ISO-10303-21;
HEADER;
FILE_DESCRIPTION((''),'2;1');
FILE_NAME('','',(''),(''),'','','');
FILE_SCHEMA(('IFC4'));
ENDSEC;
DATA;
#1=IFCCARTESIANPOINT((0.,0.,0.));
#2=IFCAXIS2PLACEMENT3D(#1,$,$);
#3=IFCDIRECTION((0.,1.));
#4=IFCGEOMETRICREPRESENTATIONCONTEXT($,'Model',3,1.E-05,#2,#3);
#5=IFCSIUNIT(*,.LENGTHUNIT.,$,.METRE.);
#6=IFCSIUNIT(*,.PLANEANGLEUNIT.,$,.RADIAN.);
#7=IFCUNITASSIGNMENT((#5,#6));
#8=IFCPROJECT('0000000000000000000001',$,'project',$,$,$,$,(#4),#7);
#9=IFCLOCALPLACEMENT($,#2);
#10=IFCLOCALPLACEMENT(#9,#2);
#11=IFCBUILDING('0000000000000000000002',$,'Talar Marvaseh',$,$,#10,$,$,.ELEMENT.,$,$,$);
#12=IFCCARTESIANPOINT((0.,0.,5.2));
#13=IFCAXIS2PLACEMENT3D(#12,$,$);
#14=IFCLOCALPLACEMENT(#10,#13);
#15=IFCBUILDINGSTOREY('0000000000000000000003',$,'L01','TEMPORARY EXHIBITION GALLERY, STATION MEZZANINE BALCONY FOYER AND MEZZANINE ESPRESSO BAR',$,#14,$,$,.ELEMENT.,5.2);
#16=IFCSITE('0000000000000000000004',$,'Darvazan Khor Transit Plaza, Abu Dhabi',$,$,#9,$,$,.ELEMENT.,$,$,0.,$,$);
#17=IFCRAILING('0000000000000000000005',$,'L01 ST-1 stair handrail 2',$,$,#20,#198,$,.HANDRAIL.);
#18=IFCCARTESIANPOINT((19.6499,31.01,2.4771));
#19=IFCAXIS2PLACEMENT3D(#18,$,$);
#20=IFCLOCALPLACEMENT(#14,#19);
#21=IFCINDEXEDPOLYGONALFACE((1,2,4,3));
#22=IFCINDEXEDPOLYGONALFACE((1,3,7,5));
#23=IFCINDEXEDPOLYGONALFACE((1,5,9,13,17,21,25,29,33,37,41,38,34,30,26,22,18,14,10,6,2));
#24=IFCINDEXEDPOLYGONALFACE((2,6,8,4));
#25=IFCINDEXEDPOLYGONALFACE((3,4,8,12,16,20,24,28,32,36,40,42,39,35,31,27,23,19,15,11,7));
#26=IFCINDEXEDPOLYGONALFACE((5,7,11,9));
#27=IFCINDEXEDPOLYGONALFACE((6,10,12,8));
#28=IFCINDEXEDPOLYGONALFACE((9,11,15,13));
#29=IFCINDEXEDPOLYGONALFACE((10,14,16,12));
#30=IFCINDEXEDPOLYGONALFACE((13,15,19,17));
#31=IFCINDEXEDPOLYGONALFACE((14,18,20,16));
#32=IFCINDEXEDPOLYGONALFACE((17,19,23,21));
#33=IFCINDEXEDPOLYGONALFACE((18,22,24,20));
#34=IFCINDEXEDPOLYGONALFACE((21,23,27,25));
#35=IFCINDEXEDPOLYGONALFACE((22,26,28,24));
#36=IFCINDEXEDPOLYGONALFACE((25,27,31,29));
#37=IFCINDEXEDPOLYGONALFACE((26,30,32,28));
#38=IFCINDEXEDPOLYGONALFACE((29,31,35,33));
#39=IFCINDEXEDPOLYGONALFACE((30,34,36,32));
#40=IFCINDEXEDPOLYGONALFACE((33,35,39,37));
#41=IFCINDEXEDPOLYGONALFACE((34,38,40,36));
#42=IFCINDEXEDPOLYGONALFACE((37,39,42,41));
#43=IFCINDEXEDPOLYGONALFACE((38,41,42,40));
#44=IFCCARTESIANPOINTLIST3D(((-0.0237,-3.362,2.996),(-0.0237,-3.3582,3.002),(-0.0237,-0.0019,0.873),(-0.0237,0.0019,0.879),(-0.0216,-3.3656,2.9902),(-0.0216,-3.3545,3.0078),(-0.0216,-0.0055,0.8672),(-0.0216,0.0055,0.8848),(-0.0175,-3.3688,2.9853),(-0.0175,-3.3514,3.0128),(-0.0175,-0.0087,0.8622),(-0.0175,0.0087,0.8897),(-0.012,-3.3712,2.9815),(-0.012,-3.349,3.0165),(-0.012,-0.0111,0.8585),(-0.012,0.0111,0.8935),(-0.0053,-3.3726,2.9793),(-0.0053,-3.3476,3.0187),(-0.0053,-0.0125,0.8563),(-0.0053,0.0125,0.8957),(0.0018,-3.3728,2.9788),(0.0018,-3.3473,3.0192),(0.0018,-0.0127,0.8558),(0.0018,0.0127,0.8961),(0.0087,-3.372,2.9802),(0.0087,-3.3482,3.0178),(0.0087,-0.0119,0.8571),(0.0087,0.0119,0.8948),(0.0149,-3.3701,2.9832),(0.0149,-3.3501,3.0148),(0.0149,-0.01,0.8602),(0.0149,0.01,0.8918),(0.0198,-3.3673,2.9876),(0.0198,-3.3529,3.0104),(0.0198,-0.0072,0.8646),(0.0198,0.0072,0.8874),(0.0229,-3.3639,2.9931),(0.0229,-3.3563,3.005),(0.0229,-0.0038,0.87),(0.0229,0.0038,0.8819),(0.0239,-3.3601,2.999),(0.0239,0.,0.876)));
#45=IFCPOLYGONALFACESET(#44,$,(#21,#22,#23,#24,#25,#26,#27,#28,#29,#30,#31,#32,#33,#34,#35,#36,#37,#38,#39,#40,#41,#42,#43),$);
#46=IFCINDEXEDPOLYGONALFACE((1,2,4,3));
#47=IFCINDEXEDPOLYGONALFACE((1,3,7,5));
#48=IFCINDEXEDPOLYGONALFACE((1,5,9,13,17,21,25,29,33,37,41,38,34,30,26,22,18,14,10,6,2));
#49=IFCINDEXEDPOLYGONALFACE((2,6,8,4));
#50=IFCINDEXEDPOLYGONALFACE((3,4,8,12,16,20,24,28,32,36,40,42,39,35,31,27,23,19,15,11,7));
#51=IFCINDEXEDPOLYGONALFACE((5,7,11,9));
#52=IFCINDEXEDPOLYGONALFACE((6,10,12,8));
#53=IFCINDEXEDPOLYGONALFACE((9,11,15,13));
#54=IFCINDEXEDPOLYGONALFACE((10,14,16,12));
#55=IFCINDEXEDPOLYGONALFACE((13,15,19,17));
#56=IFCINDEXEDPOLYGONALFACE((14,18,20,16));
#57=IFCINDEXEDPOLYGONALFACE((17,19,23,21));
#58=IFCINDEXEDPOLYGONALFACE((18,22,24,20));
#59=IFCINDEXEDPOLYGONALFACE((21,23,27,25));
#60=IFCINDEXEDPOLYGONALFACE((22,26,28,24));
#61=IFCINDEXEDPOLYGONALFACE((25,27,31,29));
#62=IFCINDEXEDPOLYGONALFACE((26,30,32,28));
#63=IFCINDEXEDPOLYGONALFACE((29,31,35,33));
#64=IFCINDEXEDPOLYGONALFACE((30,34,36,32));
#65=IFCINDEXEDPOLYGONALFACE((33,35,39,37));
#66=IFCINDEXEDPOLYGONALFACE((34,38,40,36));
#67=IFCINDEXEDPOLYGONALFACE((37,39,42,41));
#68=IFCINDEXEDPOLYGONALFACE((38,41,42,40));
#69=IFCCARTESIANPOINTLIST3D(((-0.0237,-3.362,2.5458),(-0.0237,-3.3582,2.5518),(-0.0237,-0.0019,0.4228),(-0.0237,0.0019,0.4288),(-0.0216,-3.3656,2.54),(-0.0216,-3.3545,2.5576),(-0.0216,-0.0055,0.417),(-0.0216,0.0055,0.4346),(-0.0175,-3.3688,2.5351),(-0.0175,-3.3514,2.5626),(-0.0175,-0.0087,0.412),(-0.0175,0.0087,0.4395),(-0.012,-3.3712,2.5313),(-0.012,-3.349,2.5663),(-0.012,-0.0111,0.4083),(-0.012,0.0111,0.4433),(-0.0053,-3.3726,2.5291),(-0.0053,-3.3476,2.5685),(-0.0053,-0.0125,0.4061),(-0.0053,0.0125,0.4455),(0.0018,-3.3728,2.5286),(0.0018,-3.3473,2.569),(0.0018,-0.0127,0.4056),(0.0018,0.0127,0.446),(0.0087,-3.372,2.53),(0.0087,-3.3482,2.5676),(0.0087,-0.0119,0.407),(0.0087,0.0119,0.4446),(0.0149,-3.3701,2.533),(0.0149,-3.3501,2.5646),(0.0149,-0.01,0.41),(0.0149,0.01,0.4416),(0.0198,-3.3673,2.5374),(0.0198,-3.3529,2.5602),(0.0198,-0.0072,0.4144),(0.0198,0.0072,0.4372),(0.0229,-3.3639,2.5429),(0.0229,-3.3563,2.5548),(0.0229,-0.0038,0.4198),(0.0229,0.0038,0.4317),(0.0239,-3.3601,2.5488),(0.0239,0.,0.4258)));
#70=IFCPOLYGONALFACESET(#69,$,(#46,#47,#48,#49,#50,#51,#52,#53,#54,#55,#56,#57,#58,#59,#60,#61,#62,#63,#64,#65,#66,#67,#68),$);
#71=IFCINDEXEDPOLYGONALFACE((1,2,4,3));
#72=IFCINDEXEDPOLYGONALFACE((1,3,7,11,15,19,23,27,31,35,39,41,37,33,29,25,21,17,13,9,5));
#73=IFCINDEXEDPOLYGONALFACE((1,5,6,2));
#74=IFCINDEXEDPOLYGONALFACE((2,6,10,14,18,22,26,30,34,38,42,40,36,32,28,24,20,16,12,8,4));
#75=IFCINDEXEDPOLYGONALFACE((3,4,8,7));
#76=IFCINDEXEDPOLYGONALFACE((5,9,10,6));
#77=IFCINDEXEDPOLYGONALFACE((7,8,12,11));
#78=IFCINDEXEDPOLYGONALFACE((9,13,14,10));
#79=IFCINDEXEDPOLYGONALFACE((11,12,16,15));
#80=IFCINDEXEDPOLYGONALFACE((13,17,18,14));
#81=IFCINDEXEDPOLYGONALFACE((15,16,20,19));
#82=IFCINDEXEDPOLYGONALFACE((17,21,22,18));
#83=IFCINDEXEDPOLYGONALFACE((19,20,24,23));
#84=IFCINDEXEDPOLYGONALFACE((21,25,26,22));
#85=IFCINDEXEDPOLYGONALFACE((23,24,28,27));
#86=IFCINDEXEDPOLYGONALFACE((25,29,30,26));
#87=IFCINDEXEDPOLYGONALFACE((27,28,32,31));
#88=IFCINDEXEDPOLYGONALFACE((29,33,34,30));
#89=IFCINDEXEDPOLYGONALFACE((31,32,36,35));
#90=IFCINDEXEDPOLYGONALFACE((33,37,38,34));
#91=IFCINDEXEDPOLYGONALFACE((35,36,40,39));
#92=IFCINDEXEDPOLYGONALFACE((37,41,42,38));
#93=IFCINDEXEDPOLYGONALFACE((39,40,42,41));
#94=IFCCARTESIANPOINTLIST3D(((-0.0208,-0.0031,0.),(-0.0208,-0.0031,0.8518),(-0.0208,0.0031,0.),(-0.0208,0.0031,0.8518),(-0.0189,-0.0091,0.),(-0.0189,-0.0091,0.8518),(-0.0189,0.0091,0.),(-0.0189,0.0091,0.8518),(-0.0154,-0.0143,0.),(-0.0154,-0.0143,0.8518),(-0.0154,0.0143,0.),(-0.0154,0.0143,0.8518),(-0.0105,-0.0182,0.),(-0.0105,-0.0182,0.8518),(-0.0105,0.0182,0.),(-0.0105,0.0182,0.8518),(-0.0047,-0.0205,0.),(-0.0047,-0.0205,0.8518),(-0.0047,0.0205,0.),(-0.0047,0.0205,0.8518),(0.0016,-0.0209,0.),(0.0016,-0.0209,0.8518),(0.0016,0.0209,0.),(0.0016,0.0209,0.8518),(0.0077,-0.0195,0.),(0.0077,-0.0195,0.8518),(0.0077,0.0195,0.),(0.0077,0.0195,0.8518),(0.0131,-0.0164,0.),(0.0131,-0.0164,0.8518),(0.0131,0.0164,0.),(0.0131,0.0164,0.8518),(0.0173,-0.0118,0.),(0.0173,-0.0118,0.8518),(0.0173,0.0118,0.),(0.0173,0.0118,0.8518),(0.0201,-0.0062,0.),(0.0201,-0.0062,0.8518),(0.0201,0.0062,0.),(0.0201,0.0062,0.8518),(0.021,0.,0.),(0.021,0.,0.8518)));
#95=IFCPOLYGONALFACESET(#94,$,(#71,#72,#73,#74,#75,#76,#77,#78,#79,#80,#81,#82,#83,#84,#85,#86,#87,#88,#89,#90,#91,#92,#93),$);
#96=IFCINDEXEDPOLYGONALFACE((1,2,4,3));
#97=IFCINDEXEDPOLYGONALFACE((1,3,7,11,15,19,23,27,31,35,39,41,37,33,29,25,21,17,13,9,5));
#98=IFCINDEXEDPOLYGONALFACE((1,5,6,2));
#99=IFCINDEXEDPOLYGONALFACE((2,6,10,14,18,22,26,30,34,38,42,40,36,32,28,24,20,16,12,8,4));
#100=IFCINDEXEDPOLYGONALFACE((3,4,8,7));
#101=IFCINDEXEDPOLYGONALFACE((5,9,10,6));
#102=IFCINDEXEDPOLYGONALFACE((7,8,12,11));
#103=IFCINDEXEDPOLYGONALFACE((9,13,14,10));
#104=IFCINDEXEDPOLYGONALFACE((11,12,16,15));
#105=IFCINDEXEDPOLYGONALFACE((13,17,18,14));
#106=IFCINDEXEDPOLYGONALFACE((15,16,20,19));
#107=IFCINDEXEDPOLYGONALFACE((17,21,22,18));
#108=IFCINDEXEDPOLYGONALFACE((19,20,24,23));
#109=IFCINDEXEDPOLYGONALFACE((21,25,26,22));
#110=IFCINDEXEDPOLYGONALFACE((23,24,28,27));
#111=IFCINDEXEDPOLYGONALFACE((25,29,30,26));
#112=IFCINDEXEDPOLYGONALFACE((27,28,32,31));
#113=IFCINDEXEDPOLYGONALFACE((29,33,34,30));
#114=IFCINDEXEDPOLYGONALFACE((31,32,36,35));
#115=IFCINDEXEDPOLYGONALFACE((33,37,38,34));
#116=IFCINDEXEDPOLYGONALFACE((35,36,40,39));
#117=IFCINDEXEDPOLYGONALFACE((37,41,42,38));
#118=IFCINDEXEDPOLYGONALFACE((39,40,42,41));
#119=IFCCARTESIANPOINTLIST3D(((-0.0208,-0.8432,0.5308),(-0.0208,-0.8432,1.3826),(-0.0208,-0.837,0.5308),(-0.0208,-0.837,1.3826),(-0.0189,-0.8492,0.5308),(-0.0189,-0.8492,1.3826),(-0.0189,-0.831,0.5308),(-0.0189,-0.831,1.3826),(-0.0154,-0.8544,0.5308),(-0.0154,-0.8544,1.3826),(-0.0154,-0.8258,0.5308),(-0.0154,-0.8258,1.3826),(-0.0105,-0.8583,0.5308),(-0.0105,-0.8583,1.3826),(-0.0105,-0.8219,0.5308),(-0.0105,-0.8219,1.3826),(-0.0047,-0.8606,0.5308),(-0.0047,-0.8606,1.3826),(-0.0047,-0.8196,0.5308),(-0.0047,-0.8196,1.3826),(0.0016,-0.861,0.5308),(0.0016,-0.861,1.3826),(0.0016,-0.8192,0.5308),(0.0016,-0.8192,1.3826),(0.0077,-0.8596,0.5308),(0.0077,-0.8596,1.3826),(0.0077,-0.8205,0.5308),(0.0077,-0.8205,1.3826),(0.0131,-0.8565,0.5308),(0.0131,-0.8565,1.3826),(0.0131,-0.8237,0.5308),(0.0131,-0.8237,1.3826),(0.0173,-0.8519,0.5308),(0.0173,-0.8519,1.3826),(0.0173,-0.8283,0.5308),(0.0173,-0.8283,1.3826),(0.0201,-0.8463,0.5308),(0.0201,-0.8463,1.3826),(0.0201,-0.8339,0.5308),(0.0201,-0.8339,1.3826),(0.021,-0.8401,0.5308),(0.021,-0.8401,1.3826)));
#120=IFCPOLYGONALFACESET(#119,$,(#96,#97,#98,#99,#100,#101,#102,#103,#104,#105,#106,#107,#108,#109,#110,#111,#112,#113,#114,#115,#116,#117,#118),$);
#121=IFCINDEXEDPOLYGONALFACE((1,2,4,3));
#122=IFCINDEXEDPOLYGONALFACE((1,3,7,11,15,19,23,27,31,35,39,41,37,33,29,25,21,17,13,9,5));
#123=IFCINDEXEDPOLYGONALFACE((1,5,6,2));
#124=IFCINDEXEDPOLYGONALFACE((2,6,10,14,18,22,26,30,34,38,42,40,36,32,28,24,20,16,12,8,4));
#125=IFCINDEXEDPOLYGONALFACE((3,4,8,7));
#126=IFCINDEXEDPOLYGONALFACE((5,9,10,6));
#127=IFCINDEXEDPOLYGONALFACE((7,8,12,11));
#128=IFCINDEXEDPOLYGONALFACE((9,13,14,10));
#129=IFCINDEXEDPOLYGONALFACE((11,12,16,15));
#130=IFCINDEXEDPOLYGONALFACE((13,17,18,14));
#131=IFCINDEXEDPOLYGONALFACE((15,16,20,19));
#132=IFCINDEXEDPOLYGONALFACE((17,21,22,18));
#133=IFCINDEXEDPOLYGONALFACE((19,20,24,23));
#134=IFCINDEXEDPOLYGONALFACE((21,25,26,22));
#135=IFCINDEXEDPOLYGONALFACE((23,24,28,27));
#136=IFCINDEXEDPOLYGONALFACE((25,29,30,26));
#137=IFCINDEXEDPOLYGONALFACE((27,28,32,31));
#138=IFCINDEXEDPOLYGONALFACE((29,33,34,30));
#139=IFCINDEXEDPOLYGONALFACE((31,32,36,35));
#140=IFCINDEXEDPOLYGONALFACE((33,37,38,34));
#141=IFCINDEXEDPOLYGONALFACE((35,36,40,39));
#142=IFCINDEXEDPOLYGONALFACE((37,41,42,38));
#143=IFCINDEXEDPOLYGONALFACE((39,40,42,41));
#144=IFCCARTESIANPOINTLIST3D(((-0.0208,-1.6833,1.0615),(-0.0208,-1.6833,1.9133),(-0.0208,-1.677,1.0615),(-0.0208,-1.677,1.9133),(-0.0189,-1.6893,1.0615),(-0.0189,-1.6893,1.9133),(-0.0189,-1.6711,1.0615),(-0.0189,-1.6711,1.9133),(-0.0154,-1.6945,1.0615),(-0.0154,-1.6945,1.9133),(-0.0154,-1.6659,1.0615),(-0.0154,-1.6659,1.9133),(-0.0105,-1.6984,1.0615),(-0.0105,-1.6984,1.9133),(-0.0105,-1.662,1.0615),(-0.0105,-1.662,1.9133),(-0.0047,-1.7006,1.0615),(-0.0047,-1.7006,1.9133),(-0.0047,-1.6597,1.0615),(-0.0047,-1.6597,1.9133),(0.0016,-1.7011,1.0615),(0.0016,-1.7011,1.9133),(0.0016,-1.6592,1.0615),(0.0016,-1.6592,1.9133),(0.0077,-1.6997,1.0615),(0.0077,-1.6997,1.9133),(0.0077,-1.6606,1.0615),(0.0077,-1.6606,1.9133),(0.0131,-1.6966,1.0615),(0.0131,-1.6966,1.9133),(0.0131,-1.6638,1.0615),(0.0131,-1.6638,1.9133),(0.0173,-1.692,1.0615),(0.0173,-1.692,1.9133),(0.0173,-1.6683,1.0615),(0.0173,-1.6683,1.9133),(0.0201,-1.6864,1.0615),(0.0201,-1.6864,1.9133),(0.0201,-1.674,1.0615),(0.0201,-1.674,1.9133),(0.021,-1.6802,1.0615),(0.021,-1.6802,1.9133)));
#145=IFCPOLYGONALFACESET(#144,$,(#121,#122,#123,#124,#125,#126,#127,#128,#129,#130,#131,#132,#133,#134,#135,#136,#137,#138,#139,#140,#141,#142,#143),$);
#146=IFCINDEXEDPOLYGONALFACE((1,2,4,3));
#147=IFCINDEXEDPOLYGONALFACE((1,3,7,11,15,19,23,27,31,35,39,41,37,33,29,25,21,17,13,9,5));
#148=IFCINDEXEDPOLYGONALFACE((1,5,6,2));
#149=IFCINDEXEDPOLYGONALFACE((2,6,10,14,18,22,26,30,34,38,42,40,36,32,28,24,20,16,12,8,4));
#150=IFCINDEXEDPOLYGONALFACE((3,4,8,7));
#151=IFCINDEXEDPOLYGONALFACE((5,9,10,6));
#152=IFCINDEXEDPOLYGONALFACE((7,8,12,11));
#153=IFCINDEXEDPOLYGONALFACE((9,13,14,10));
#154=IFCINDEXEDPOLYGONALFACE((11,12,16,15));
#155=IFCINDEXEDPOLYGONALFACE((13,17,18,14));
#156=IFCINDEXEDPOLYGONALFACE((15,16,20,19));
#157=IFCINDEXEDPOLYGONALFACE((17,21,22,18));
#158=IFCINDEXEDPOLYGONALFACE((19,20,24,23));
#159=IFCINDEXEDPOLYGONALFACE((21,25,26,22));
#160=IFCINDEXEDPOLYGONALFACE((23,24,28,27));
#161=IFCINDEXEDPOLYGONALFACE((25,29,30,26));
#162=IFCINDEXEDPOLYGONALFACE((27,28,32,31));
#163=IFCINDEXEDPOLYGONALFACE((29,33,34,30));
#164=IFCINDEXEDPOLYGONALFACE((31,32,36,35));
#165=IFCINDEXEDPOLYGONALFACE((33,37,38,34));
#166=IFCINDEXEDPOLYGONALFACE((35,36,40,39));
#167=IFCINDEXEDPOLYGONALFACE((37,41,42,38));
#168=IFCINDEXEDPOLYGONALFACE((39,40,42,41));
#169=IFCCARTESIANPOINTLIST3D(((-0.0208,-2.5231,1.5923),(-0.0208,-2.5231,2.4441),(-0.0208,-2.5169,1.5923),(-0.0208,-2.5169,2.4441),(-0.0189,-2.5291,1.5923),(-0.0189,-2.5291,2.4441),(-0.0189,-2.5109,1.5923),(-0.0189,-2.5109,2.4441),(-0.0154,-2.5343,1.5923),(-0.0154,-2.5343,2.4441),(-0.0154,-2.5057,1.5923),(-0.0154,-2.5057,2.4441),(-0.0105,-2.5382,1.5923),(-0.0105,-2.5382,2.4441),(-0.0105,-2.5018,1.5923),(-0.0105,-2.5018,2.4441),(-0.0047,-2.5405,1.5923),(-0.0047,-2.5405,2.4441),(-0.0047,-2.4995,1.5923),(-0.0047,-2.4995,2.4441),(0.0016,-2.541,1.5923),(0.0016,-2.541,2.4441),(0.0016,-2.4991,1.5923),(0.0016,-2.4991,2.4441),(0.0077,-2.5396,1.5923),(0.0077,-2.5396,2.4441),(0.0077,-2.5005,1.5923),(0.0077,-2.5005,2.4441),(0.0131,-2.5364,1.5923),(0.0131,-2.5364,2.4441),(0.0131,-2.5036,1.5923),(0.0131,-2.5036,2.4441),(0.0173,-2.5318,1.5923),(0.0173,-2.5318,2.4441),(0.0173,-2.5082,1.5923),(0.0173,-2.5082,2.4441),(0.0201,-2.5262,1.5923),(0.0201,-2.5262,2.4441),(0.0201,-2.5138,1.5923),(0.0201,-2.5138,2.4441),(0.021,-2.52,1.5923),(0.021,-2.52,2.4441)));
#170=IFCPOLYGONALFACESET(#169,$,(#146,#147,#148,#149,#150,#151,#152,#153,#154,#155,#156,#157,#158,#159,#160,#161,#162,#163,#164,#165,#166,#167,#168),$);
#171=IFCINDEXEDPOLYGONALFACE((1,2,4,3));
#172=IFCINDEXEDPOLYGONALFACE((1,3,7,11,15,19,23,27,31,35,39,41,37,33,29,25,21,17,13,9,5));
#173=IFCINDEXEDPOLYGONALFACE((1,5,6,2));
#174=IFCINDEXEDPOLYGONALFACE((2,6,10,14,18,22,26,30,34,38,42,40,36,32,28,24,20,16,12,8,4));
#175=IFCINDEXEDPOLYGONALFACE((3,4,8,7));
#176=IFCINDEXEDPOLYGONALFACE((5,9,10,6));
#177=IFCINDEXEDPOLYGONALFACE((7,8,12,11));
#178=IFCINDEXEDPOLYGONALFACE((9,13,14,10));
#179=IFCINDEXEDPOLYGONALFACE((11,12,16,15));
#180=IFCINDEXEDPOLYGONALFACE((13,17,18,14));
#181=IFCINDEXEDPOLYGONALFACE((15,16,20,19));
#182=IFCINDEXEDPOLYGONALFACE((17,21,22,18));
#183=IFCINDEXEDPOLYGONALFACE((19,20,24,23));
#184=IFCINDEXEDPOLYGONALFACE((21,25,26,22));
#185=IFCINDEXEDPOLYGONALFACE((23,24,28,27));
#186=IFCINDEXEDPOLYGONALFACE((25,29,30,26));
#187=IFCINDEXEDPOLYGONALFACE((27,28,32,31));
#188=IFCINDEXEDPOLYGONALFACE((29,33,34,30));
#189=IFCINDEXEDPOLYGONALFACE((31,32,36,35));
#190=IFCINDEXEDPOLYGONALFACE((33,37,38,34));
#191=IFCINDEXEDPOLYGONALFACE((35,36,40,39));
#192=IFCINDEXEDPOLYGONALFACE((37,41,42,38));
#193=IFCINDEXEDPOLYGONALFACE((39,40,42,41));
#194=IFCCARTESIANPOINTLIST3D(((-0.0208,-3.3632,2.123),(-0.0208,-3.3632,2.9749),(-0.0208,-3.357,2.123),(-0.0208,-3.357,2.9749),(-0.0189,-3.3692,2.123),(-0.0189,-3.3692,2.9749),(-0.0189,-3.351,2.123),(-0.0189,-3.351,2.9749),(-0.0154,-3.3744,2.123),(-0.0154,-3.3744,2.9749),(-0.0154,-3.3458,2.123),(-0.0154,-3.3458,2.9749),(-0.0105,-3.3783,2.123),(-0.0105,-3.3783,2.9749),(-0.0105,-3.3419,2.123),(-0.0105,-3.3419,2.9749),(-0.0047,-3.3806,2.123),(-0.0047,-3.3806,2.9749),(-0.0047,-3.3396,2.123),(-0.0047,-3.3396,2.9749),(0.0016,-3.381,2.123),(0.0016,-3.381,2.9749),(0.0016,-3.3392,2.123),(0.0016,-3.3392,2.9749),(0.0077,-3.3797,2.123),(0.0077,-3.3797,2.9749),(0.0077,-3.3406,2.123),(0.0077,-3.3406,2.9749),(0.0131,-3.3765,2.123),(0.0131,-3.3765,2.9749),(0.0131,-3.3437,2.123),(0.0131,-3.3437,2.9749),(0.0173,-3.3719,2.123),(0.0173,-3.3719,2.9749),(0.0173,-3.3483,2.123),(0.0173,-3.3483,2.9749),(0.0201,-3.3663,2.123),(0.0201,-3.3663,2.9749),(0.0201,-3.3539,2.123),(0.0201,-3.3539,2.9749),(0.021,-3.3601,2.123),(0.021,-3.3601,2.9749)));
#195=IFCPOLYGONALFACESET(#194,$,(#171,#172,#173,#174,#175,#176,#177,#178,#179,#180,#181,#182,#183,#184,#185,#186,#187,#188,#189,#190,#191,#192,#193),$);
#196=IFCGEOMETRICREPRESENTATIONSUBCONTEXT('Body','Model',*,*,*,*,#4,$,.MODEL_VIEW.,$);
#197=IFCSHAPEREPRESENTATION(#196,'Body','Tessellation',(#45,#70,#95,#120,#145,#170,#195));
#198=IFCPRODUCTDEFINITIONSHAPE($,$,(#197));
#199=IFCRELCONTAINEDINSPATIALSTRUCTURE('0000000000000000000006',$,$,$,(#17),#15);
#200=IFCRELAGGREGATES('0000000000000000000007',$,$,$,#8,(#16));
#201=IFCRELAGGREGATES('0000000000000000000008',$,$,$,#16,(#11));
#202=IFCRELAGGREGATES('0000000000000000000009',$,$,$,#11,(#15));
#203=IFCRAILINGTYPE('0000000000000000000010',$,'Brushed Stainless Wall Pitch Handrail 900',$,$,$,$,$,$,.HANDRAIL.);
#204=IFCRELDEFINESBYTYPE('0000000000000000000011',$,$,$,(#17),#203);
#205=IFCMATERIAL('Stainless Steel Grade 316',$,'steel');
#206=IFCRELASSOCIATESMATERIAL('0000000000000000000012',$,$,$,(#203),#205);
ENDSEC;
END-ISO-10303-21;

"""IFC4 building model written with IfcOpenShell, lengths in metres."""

from ifc_helpers import new_model, si_unit, direction, frame, origin, origin_2d, place, context, subcontext, project, spatial, circle, extrude, material, type_object, element, save


model = new_model("IFC4")

# Units and contexts
model_context = context("Model", 3, precision=1e-05, world=origin(), true_north=direction((0.0, 1.0)))
body_context = subcontext(model_context, "Body", "Model", "MODEL_VIEW")
ifc_project = project(units=[si_unit("LENGTHUNIT", "METRE"), si_unit("PLANEANGLEUNIT", "RADIAN")], contexts=[model_context])

# Site, building, storey
site_placement = place(None, origin())
site = spatial("IfcSite", under=ifc_project, at=site_placement, Name="Darvazan Khor Transit Plaza, Abu Dhabi", CompositionType="ELEMENT", RefElevation=0.0)
building_placement = place(site_placement, origin())
building = spatial("IfcBuilding", under=site, at=building_placement, Name="Talar Marvaseh", CompositionType="ELEMENT")
storey_placement = place(building_placement, frame((0.0, 0.0, 5.2)))
storey = spatial("IfcBuildingStorey", under=building, at=storey_placement, Name="L01", Description="TEMPORARY EXHIBITION GALLERY, STATION MEZZANINE BALCONY FOYER AND MEZZANINE ESPRESSO BAR", CompositionType="ELEMENT", Elevation=5.2)

# Railing
ifc_material_1 = material(Name="Stainless Steel Grade 316", Category="steel")
railing_type_1 = type_object("IfcRailingType", Name="Brushed Stainless Wall Pitch Handrail 900", PredefinedType="HANDRAIL", material=ifc_material_1)
railing_1_placement = place(storey_placement, frame((19.6499, 31.01, 2.4771)))
element("IfcRailing", 1, at=railing_1_placement, inside=storey, type_object=railing_type_1, Name="L01 ST-1 stair handrail 2", PredefinedType="HANDRAIL", context=body_context, shape_type="SweptSolid", body=[
    extrude(circle(Radius=0.0239, at=origin_2d()), frame((0.0, 0.0, 0.876), z_axis=(0.0, -0.84539, 0.53415), x_axis=(1.0, 0.0, 0.0)), (0.0, 0.0, 1.0), 3.9746),
    extrude(circle(Radius=0.0239, at=origin_2d()), frame((0.0, 0.0, 0.4258), z_axis=(0.0, -0.84539, 0.53415), x_axis=(1.0, 0.0, 0.0)), (0.0, 0.0, 1.0), 3.9746),
    extrude(circle(Radius=0.021, at=origin_2d()), origin(), (0.0, 0.0, 1.0), 0.8518),
    extrude(circle(Radius=0.021, at=origin_2d()), frame((0.0, -0.8401, 0.5308)), (0.0, 0.0, 1.0), 0.8518),
    extrude(circle(Radius=0.021, at=origin_2d()), frame((0.0, -1.6802, 1.0615)), (0.0, 0.0, 1.0), 0.8518),
    extrude(circle(Radius=0.021, at=origin_2d()), frame((0.0, -2.52, 1.5923)), (0.0, 0.0, 1.0), 0.8518),
    extrude(circle(Radius=0.021, at=origin_2d()), frame((0.0, -3.3601, 2.123)), (0.0, 0.0, 1.0), 0.8518),
])

save(model, "model.ifc")
